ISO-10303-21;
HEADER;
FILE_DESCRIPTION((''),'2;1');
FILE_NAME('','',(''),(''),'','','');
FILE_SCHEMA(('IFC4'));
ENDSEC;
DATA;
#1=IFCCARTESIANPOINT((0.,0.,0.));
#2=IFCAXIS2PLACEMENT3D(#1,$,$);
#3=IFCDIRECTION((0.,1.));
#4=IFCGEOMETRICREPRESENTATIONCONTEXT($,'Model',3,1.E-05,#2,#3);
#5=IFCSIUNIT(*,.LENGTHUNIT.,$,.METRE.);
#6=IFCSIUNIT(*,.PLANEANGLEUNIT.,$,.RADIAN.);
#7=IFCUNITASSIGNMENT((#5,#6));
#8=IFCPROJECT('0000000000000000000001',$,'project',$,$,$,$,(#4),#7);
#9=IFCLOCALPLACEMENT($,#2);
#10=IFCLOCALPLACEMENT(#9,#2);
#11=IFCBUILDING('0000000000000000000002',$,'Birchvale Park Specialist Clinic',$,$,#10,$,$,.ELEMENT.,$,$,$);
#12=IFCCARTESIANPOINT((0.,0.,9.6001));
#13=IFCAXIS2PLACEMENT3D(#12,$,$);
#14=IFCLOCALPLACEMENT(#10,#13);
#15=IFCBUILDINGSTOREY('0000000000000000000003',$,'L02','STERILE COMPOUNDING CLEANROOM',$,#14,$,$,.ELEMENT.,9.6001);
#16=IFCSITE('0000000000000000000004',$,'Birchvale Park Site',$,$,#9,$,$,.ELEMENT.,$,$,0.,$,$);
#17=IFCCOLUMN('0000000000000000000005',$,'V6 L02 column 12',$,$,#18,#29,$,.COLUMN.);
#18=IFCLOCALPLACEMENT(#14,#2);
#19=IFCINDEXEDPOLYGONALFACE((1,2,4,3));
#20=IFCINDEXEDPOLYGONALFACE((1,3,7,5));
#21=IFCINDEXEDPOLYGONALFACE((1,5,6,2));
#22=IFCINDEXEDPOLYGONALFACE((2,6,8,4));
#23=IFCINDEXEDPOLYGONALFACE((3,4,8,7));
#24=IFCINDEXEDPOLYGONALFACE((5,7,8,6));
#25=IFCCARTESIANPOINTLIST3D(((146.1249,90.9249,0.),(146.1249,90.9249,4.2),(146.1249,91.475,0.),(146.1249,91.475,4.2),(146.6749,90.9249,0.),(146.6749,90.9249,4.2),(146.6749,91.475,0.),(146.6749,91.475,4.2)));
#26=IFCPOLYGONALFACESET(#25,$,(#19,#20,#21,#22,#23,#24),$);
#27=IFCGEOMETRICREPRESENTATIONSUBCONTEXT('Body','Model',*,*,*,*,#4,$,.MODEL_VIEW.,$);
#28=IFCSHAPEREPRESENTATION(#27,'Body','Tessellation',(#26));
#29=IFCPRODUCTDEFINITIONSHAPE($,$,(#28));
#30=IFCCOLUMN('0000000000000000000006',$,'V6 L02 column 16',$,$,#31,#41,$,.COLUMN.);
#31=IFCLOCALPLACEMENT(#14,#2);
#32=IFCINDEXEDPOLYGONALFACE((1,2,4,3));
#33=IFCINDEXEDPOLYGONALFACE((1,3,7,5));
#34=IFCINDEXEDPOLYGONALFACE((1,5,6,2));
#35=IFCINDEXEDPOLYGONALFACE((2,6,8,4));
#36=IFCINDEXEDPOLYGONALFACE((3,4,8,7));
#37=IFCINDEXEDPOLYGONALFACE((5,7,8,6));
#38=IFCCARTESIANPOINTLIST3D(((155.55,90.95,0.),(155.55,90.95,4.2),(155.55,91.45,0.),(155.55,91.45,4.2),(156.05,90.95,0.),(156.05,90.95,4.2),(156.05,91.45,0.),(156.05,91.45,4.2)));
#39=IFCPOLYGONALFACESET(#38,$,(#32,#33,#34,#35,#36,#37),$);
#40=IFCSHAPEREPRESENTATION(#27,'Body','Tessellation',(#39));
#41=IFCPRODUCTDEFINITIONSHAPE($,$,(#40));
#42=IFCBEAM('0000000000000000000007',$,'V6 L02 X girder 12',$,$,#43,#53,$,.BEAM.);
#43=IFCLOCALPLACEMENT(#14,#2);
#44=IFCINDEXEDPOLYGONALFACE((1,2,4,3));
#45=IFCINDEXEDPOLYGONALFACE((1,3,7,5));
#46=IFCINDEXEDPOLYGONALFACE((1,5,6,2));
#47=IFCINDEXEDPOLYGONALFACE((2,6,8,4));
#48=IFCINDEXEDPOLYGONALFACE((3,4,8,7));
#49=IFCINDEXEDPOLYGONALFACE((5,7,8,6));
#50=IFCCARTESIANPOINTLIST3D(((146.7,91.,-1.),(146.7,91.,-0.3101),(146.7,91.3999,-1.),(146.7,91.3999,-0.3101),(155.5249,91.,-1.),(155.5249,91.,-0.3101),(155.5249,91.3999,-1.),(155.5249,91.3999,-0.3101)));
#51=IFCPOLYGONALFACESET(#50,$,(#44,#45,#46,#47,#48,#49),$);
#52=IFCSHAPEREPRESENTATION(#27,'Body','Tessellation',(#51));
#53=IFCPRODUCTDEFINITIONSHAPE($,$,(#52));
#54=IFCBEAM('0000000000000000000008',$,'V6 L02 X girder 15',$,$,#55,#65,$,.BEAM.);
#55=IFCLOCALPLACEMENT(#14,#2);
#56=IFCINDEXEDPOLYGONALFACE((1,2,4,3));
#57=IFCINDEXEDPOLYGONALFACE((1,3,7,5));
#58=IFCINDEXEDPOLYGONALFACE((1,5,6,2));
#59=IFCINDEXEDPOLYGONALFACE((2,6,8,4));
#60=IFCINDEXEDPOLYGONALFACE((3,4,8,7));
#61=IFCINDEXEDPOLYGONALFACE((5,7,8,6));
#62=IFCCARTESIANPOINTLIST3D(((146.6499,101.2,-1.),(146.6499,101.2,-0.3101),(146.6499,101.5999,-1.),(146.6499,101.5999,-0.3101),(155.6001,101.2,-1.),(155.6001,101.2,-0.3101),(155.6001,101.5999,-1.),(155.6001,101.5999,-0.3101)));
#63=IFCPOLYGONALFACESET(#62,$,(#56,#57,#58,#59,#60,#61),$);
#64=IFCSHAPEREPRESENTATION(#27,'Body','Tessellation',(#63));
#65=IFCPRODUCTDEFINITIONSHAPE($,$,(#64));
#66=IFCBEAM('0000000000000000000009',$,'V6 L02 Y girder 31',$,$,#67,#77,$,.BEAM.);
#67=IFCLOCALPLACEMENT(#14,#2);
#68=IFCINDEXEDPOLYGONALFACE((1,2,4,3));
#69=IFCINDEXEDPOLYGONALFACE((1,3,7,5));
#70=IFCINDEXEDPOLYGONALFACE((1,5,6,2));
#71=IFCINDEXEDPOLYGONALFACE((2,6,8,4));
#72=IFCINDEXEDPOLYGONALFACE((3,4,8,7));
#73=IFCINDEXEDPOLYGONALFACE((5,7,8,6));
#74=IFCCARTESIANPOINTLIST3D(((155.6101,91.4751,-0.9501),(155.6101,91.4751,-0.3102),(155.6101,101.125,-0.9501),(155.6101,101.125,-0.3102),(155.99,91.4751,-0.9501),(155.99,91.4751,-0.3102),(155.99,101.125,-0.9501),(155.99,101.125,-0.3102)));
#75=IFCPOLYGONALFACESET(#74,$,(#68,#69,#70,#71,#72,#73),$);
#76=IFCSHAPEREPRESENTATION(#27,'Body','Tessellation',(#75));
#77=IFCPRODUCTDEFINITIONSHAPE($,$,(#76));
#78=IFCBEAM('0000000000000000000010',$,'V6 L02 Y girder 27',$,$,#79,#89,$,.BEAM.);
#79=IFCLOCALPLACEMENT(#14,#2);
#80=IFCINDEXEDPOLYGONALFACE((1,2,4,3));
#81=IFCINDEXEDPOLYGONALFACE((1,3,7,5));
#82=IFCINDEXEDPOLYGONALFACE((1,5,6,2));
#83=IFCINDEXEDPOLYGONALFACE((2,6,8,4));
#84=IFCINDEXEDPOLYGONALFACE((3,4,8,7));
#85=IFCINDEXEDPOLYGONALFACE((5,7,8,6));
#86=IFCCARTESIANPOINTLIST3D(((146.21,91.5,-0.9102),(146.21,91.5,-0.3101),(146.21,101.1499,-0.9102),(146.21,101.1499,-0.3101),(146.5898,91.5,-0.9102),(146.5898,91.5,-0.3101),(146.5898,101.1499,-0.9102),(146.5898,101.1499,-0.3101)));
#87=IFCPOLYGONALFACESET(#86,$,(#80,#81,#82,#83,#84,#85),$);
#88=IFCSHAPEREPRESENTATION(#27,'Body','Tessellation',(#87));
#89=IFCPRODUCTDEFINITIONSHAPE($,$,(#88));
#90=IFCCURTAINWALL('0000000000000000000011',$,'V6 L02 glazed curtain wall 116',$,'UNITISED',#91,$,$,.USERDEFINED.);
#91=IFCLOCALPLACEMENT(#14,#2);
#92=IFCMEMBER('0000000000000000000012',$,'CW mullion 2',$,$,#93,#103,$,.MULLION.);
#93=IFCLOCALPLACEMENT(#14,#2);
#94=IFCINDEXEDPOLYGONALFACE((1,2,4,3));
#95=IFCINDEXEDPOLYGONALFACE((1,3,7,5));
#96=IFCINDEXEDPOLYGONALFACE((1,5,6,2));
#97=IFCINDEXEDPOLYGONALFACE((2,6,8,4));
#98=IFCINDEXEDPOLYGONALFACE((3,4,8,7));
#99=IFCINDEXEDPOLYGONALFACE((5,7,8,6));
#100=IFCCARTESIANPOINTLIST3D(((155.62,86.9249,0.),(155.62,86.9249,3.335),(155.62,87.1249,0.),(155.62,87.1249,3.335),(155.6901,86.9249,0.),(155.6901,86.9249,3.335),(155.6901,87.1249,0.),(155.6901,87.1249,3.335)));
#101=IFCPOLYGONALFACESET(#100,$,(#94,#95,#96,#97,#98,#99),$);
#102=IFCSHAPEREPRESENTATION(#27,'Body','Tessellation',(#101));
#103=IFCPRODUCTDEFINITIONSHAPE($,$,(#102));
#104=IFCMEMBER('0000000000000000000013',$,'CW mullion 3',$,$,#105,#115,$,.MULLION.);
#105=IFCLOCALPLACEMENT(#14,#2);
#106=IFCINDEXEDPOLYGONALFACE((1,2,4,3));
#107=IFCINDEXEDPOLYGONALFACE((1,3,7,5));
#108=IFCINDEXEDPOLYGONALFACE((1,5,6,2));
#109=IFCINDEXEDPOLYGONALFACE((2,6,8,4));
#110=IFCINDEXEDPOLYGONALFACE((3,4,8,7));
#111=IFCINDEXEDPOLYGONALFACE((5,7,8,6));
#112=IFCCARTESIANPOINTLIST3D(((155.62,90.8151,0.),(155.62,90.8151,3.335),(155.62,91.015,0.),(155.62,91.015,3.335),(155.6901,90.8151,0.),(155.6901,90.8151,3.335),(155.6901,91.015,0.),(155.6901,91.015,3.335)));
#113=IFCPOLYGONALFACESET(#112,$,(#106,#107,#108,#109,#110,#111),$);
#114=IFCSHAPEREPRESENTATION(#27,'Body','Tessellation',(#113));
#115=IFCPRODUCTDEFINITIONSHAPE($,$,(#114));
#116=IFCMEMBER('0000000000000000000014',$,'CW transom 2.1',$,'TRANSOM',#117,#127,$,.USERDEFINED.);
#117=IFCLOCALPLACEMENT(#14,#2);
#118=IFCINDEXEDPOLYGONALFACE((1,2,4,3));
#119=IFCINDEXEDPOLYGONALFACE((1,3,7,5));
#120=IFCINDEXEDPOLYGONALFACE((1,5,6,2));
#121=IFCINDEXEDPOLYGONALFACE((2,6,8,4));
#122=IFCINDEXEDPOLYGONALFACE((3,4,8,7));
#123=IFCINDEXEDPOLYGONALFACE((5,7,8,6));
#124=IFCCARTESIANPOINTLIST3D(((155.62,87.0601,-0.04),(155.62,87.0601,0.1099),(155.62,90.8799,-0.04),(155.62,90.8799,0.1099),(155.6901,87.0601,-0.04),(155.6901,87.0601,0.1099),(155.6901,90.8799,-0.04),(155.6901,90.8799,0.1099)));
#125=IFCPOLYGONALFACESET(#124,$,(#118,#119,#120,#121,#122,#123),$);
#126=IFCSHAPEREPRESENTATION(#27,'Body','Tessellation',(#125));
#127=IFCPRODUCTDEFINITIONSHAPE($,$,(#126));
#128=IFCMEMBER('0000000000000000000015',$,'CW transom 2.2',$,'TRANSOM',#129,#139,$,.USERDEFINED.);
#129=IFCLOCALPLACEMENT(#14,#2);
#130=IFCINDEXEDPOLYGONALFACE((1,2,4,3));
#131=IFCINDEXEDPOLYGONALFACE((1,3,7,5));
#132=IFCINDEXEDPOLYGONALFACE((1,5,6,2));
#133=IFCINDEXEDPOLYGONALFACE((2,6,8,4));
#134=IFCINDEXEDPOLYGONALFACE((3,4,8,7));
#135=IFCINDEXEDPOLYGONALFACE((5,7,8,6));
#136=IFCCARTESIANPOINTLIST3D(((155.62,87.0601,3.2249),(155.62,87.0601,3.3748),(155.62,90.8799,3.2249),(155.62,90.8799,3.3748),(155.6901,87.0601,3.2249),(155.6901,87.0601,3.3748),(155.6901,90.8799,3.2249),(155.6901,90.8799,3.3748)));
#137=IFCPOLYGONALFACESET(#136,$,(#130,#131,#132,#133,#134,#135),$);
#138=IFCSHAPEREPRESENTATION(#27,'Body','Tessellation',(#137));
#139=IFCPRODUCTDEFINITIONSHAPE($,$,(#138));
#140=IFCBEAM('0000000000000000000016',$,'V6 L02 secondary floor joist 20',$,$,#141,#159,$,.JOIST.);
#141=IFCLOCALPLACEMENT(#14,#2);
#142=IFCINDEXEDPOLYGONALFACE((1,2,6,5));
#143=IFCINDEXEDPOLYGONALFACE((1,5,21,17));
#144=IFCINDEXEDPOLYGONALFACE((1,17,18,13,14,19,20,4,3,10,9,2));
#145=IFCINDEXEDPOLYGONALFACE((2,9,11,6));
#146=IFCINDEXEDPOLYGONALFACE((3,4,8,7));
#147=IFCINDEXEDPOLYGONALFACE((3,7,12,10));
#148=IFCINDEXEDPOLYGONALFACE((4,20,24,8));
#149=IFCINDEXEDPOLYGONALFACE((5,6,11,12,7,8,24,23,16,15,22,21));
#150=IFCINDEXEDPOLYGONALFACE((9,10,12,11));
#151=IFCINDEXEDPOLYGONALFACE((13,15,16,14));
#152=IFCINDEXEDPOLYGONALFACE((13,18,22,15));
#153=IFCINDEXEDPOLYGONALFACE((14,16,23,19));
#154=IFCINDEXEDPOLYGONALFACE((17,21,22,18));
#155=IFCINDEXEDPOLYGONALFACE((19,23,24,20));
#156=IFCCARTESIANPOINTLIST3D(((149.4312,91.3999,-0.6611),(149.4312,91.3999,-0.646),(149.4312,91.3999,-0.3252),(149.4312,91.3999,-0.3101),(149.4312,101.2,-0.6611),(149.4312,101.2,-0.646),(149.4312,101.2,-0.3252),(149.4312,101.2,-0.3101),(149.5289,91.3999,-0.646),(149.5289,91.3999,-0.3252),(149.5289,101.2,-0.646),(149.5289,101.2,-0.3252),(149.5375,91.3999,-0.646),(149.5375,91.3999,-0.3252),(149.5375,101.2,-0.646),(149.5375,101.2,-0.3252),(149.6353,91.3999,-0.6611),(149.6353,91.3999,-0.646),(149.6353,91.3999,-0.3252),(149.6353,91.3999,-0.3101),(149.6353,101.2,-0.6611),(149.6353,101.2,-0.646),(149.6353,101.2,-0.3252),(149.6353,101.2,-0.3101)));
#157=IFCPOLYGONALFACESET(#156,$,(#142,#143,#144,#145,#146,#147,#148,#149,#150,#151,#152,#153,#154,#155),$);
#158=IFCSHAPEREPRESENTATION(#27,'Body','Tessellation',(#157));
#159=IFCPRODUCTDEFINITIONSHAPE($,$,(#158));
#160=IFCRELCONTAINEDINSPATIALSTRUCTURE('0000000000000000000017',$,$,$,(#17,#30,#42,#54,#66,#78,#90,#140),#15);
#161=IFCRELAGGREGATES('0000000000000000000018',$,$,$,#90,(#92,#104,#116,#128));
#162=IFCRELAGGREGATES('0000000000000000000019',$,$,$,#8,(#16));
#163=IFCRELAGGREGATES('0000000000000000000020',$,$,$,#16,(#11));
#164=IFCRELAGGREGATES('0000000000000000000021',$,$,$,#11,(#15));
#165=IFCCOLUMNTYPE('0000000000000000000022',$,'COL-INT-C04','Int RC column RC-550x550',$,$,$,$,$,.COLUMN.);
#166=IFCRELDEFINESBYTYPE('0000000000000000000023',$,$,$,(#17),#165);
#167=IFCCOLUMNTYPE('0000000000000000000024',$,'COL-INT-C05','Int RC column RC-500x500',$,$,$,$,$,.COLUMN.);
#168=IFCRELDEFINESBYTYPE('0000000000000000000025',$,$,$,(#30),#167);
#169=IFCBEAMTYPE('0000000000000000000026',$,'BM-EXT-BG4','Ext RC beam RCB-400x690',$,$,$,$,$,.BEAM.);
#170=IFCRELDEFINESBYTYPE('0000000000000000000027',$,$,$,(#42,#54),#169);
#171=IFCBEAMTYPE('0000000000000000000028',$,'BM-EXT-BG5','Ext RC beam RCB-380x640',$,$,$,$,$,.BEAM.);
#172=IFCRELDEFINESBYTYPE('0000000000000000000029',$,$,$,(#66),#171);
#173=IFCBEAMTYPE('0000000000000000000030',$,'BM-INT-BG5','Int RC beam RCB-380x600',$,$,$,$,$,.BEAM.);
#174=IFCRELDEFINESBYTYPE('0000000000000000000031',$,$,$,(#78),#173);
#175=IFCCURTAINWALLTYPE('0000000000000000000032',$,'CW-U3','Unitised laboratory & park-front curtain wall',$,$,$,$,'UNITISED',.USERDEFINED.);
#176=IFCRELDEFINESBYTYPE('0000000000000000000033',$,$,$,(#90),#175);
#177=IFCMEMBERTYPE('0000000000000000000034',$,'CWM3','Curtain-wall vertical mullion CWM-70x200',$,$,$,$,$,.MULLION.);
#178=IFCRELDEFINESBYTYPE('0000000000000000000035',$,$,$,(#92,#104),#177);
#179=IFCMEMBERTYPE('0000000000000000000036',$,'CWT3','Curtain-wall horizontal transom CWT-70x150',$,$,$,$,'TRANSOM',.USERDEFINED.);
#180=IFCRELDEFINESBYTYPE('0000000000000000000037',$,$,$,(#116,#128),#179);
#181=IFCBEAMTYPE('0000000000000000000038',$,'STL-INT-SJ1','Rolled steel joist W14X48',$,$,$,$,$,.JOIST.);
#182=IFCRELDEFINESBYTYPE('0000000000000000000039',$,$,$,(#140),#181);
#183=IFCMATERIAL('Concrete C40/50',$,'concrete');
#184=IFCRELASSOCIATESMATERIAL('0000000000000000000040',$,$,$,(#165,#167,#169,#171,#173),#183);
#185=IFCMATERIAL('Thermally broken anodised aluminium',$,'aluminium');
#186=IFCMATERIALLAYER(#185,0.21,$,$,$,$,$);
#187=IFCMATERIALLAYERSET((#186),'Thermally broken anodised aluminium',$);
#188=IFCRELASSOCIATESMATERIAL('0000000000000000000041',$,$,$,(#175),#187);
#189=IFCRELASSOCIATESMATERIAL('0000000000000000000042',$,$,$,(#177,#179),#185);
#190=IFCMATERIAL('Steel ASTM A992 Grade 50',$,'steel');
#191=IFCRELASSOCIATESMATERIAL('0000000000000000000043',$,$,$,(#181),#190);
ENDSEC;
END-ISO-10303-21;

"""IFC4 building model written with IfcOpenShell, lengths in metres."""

from ifc_helpers import new_model, si_unit, direction, frame, origin, origin_2d, place, context, subcontext, project, spatial, rectangle, i_section, extrude, material, layer, layer_set, material_profile, profile_set, type_object, element, aggregate, save


model = new_model("IFC4")

# Units and contexts
model_context = context("Model", 3, precision=1e-05, world=origin(), true_north=direction((0.0, 1.0)))
body_context = subcontext(model_context, "Body", "Model", "MODEL_VIEW")
ifc_project = project(units=[si_unit("LENGTHUNIT", "METRE"), si_unit("PLANEANGLEUNIT", "RADIAN")], contexts=[model_context])

# Site, building, storey
site_placement = place(None, origin())
site = spatial("IfcSite", under=ifc_project, at=site_placement, Name="Birchvale Park Site", CompositionType="ELEMENT", RefElevation=0.0)
building_placement = place(site_placement, origin())
building = spatial("IfcBuilding", under=site, at=building_placement, Name="Birchvale Park Specialist Clinic", CompositionType="ELEMENT")
storey_placement = place(building_placement, frame((0.0, 0.0, 9.6001)))
storey = spatial("IfcBuildingStorey", under=building, at=storey_placement, Name="L02", Description="STERILE COMPOUNDING CLEANROOM", CompositionType="ELEMENT", Elevation=9.6001)

# Columns
ifc_material_1 = material(Name="Concrete C40/50", Category="concrete")
ifc_material_profile_1 = material_profile(ifc_material_1, rectangle(XDim=0.55, YDim=0.55, at=origin_2d()), Name="RC-550x550")
ifc_profile_set_1 = profile_set([ifc_material_profile_1], Name="Concrete C40/50")
column_type_1 = type_object("IfcColumnType", Name="COL-INT-C04", Description="Int RC column RC-550x550", PredefinedType="COLUMN", material=ifc_profile_set_1)
column_1_placement = place(storey_placement, frame((146.3999, 91.2, 0.0), z_axis=(0.0, 0.0, 1.0), x_axis=(1.0, 0.0, 0.0)))
element("IfcColumn", 1, at=column_1_placement, inside=storey, type_object=column_type_1, Name="V6 L02 column 12", PredefinedType="COLUMN", context=body_context, shape_type="SweptSolid", body=[
    extrude(rectangle(XDim=0.55, YDim=0.55, at=origin_2d()), origin(), (0.0, 0.0, 1.0), 4.2),
])
ifc_material_profile_2 = material_profile(ifc_material_1, rectangle(XDim=0.5, YDim=0.5, at=origin_2d()), Name="RC-500x500")
ifc_profile_set_2 = profile_set([ifc_material_profile_2], Name="Concrete C40/50")
column_type_2 = type_object("IfcColumnType", Name="COL-INT-C05", Description="Int RC column RC-500x500", PredefinedType="COLUMN", material=ifc_profile_set_2)
column_2_placement = place(storey_placement, frame((155.8, 91.2, 0.0), z_axis=(0.0, 0.0, 1.0), x_axis=(1.0, 0.0, 0.0)))
element("IfcColumn", 2, at=column_2_placement, inside=storey, type_object=column_type_2, Name="V6 L02 column 16", PredefinedType="COLUMN", context=body_context, shape_type="SweptSolid", body=[
    extrude(rectangle(XDim=0.5, YDim=0.5, at=origin_2d()), origin(), (0.0, 0.0, 1.0), 4.2),
])

# Beams
ifc_material_profile_3 = material_profile(ifc_material_1, rectangle(XDim=0.3999, YDim=0.6899, at=origin_2d()), Name="RCB-400x690")
ifc_profile_set_3 = profile_set([ifc_material_profile_3], Name="Concrete C40/50")
beam_type_1 = type_object("IfcBeamType", Name="BM-EXT-BG4", Description="Ext RC beam RCB-400x690", PredefinedType="BEAM", material=ifc_profile_set_3)
beam_1_placement = place(storey_placement, frame((146.7, 91.2, -0.655), z_axis=(1.0, 0.0, 0.0), x_axis=(0.0, 1.0, 0.0)))
element("IfcBeam", 3, at=beam_1_placement, inside=storey, type_object=beam_type_1, Name="V6 L02 X girder 12", PredefinedType="BEAM", context=body_context, shape_type="SweptSolid", body=[
    extrude(rectangle(XDim=0.3999, YDim=0.6899, at=origin_2d()), origin(), (0.0, 0.0, 1.0), 8.825),
])
beam_2_placement = place(storey_placement, frame((146.6499, 101.3999, -0.655), z_axis=(1.0, 0.0, 0.0), x_axis=(0.0, 1.0, 0.0)))
element("IfcBeam", 4, at=beam_2_placement, inside=storey, type_object=beam_type_1, Name="V6 L02 X girder 15", PredefinedType="BEAM", context=body_context, shape_type="SweptSolid", body=[
    extrude(rectangle(XDim=0.3999, YDim=0.6899, at=origin_2d()), origin(), (0.0, 0.0, 1.0), 8.9502),
])
ifc_material_profile_4 = material_profile(ifc_material_1, rectangle(XDim=0.3799, YDim=0.6399, at=origin_2d()), Name="RCB-380x640")
ifc_profile_set_4 = profile_set([ifc_material_profile_4], Name="Concrete C40/50")
beam_type_2 = type_object("IfcBeamType", Name="BM-EXT-BG5", Description="Ext RC beam RCB-380x640", PredefinedType="BEAM", material=ifc_profile_set_4)
beam_3_placement = place(storey_placement, frame((155.8, 91.4751, -0.6301), z_axis=(0.0, 1.0, 0.0), x_axis=(-1.0, 0.0, 0.0)))
element("IfcBeam", 5, at=beam_3_placement, inside=storey, type_object=beam_type_2, Name="V6 L02 Y girder 31", PredefinedType="BEAM", context=body_context, shape_type="SweptSolid", body=[
    extrude(rectangle(XDim=0.3799, YDim=0.6399, at=origin_2d()), origin(), (0.0, 0.0, 1.0), 9.6499),
])
ifc_material_profile_5 = material_profile(ifc_material_1, rectangle(XDim=0.3799, YDim=0.6001, at=origin_2d()), Name="RCB-380x600")
ifc_profile_set_5 = profile_set([ifc_material_profile_5], Name="Concrete C40/50")
beam_type_3 = type_object("IfcBeamType", Name="BM-INT-BG5", Description="Int RC beam RCB-380x600", PredefinedType="BEAM", material=ifc_profile_set_5)
beam_4_placement = place(storey_placement, frame((146.3999, 91.5, -0.6101), z_axis=(0.0, 1.0, 0.0), x_axis=(-1.0, 0.0, 0.0)))
element("IfcBeam", 6, at=beam_4_placement, inside=storey, type_object=beam_type_3, Name="V6 L02 Y girder 27", PredefinedType="BEAM", context=body_context, shape_type="SweptSolid", body=[
    extrude(rectangle(XDim=0.3799, YDim=0.6001, at=origin_2d()), origin(), (0.0, 0.0, 1.0), 9.6499),
])

# Curtain wall, members
ifc_material_2 = material(Name="Thermally broken anodised aluminium", Category="aluminium")
ifc_layer_1 = layer(ifc_material_2, 0.21)
ifc_layer_set_1 = layer_set([ifc_layer_1], Name="Thermally broken anodised aluminium")
curtain_wall_type = type_object("IfcCurtainWallType", Name="CW-U3", Description="Unitised laboratory & park-front curtain wall", ElementType="UNITISED", PredefinedType="USERDEFINED", material=ifc_layer_set_1)
curtain_wall_placement = place(storey_placement, origin())
curtain_wall = element("IfcCurtainWall", 7, at=curtain_wall_placement, inside=storey, type_object=curtain_wall_type, Name="V6 L02 glazed curtain wall 116", ObjectType="UNITISED", PredefinedType="USERDEFINED")
ifc_material_profile_6 = material_profile(ifc_material_2, rectangle(XDim=0.0701, YDim=0.2, at=origin_2d()), Name="CWM-70x200")
ifc_profile_set_6 = profile_set([ifc_material_profile_6], Name="Thermally broken anodised aluminium")
member_type_1 = type_object("IfcMemberType", Name="CWM3", Description="Curtain-wall vertical mullion CWM-70x200", PredefinedType="MULLION", material=ifc_profile_set_6)
member_1_placement = place(storey_placement, frame((155.655, 87.0249, 0.0), z_axis=(0.0, 0.0, 1.0), x_axis=(-1.0, 0.0, 0.0)))
member_1 = element("IfcMember", 8, at=member_1_placement, type_object=member_type_1, Name="CW mullion 2", PredefinedType="MULLION", context=body_context, shape_type="SweptSolid", body=[
    extrude(rectangle(XDim=0.0701, YDim=0.2, at=origin_2d()), origin(), (0.0, 0.0, 1.0), 3.335),
])
member_2_placement = place(storey_placement, frame((155.655, 90.915, 0.0), z_axis=(0.0, 0.0, 1.0), x_axis=(-1.0, 0.0, 0.0)))
member_2 = element("IfcMember", 9, at=member_2_placement, type_object=member_type_1, Name="CW mullion 3", PredefinedType="MULLION", context=body_context, shape_type="SweptSolid", body=[
    extrude(rectangle(XDim=0.0701, YDim=0.2, at=origin_2d()), origin(), (0.0, 0.0, 1.0), 3.335),
])
ifc_material_profile_7 = material_profile(ifc_material_2, rectangle(XDim=0.0701, YDim=0.1499, at=origin_2d()), Name="CWT-70x150")
ifc_profile_set_7 = profile_set([ifc_material_profile_7], Name="Thermally broken anodised aluminium")
member_type_2 = type_object("IfcMemberType", Name="CWT3", Description="Curtain-wall horizontal transom CWT-70x150", ElementType="TRANSOM", PredefinedType="USERDEFINED", material=ifc_profile_set_7)
member_3_placement = place(storey_placement, frame((155.655, 87.0601, 0.0349), z_axis=(0.0, 1.0, 0.0), x_axis=(-1.0, 0.0, 0.0)))
member_3 = element("IfcMember", 10, at=member_3_placement, type_object=member_type_2, Name="CW transom 2.1", ObjectType="TRANSOM", PredefinedType="USERDEFINED", context=body_context, shape_type="SweptSolid", body=[
    extrude(rectangle(XDim=0.0701, YDim=0.1499, at=origin_2d()), origin(), (0.0, 0.0, 1.0), 3.8198),
])
member_4_placement = place(storey_placement, frame((155.655, 87.0601, 3.2998), z_axis=(0.0, 1.0, 0.0), x_axis=(-1.0, 0.0, 0.0)))
member_4 = element("IfcMember", 11, at=member_4_placement, type_object=member_type_2, Name="CW transom 2.2", ObjectType="TRANSOM", PredefinedType="USERDEFINED", context=body_context, shape_type="SweptSolid", body=[
    extrude(rectangle(XDim=0.0701, YDim=0.1499, at=origin_2d()), origin(), (0.0, 0.0, 1.0), 3.8198),
])

# Beam
ifc_material_3 = material(Name="Steel ASTM A992 Grade 50", Category="steel")
ifc_material_profile_8 = material_profile(ifc_material_3, i_section(OverallWidth=0.2041, OverallDepth=0.3511, WebThickness=0.0085, FlangeThickness=0.0151, at=origin_2d()), Name="W14X48")
ifc_profile_set_8 = profile_set([ifc_material_profile_8], Name="Steel ASTM A992 Grade 50")
beam_type_4 = type_object("IfcBeamType", Name="STL-INT-SJ1", Description="Rolled steel joist W14X48", PredefinedType="JOIST", material=ifc_profile_set_8)
beam_5_placement = place(storey_placement, frame((149.5332, 91.3999, -0.4856), z_axis=(0.0, 1.0, 0.0), x_axis=(-1.0, 0.0, 0.0)))
element("IfcBeam", 12, at=beam_5_placement, inside=storey, type_object=beam_type_4, Name="V6 L02 secondary floor joist 20", PredefinedType="JOIST", context=body_context, shape_type="SweptSolid", body=[
    extrude(i_section(OverallWidth=0.2041, OverallDepth=0.3511, WebThickness=0.0085, FlangeThickness=0.0151, at=origin_2d()), origin(), (0.0, 0.0, 1.0), 9.8),
])

aggregate(curtain_wall, [member_1, member_2, member_3, member_4])

save(model, "model.ifc")
